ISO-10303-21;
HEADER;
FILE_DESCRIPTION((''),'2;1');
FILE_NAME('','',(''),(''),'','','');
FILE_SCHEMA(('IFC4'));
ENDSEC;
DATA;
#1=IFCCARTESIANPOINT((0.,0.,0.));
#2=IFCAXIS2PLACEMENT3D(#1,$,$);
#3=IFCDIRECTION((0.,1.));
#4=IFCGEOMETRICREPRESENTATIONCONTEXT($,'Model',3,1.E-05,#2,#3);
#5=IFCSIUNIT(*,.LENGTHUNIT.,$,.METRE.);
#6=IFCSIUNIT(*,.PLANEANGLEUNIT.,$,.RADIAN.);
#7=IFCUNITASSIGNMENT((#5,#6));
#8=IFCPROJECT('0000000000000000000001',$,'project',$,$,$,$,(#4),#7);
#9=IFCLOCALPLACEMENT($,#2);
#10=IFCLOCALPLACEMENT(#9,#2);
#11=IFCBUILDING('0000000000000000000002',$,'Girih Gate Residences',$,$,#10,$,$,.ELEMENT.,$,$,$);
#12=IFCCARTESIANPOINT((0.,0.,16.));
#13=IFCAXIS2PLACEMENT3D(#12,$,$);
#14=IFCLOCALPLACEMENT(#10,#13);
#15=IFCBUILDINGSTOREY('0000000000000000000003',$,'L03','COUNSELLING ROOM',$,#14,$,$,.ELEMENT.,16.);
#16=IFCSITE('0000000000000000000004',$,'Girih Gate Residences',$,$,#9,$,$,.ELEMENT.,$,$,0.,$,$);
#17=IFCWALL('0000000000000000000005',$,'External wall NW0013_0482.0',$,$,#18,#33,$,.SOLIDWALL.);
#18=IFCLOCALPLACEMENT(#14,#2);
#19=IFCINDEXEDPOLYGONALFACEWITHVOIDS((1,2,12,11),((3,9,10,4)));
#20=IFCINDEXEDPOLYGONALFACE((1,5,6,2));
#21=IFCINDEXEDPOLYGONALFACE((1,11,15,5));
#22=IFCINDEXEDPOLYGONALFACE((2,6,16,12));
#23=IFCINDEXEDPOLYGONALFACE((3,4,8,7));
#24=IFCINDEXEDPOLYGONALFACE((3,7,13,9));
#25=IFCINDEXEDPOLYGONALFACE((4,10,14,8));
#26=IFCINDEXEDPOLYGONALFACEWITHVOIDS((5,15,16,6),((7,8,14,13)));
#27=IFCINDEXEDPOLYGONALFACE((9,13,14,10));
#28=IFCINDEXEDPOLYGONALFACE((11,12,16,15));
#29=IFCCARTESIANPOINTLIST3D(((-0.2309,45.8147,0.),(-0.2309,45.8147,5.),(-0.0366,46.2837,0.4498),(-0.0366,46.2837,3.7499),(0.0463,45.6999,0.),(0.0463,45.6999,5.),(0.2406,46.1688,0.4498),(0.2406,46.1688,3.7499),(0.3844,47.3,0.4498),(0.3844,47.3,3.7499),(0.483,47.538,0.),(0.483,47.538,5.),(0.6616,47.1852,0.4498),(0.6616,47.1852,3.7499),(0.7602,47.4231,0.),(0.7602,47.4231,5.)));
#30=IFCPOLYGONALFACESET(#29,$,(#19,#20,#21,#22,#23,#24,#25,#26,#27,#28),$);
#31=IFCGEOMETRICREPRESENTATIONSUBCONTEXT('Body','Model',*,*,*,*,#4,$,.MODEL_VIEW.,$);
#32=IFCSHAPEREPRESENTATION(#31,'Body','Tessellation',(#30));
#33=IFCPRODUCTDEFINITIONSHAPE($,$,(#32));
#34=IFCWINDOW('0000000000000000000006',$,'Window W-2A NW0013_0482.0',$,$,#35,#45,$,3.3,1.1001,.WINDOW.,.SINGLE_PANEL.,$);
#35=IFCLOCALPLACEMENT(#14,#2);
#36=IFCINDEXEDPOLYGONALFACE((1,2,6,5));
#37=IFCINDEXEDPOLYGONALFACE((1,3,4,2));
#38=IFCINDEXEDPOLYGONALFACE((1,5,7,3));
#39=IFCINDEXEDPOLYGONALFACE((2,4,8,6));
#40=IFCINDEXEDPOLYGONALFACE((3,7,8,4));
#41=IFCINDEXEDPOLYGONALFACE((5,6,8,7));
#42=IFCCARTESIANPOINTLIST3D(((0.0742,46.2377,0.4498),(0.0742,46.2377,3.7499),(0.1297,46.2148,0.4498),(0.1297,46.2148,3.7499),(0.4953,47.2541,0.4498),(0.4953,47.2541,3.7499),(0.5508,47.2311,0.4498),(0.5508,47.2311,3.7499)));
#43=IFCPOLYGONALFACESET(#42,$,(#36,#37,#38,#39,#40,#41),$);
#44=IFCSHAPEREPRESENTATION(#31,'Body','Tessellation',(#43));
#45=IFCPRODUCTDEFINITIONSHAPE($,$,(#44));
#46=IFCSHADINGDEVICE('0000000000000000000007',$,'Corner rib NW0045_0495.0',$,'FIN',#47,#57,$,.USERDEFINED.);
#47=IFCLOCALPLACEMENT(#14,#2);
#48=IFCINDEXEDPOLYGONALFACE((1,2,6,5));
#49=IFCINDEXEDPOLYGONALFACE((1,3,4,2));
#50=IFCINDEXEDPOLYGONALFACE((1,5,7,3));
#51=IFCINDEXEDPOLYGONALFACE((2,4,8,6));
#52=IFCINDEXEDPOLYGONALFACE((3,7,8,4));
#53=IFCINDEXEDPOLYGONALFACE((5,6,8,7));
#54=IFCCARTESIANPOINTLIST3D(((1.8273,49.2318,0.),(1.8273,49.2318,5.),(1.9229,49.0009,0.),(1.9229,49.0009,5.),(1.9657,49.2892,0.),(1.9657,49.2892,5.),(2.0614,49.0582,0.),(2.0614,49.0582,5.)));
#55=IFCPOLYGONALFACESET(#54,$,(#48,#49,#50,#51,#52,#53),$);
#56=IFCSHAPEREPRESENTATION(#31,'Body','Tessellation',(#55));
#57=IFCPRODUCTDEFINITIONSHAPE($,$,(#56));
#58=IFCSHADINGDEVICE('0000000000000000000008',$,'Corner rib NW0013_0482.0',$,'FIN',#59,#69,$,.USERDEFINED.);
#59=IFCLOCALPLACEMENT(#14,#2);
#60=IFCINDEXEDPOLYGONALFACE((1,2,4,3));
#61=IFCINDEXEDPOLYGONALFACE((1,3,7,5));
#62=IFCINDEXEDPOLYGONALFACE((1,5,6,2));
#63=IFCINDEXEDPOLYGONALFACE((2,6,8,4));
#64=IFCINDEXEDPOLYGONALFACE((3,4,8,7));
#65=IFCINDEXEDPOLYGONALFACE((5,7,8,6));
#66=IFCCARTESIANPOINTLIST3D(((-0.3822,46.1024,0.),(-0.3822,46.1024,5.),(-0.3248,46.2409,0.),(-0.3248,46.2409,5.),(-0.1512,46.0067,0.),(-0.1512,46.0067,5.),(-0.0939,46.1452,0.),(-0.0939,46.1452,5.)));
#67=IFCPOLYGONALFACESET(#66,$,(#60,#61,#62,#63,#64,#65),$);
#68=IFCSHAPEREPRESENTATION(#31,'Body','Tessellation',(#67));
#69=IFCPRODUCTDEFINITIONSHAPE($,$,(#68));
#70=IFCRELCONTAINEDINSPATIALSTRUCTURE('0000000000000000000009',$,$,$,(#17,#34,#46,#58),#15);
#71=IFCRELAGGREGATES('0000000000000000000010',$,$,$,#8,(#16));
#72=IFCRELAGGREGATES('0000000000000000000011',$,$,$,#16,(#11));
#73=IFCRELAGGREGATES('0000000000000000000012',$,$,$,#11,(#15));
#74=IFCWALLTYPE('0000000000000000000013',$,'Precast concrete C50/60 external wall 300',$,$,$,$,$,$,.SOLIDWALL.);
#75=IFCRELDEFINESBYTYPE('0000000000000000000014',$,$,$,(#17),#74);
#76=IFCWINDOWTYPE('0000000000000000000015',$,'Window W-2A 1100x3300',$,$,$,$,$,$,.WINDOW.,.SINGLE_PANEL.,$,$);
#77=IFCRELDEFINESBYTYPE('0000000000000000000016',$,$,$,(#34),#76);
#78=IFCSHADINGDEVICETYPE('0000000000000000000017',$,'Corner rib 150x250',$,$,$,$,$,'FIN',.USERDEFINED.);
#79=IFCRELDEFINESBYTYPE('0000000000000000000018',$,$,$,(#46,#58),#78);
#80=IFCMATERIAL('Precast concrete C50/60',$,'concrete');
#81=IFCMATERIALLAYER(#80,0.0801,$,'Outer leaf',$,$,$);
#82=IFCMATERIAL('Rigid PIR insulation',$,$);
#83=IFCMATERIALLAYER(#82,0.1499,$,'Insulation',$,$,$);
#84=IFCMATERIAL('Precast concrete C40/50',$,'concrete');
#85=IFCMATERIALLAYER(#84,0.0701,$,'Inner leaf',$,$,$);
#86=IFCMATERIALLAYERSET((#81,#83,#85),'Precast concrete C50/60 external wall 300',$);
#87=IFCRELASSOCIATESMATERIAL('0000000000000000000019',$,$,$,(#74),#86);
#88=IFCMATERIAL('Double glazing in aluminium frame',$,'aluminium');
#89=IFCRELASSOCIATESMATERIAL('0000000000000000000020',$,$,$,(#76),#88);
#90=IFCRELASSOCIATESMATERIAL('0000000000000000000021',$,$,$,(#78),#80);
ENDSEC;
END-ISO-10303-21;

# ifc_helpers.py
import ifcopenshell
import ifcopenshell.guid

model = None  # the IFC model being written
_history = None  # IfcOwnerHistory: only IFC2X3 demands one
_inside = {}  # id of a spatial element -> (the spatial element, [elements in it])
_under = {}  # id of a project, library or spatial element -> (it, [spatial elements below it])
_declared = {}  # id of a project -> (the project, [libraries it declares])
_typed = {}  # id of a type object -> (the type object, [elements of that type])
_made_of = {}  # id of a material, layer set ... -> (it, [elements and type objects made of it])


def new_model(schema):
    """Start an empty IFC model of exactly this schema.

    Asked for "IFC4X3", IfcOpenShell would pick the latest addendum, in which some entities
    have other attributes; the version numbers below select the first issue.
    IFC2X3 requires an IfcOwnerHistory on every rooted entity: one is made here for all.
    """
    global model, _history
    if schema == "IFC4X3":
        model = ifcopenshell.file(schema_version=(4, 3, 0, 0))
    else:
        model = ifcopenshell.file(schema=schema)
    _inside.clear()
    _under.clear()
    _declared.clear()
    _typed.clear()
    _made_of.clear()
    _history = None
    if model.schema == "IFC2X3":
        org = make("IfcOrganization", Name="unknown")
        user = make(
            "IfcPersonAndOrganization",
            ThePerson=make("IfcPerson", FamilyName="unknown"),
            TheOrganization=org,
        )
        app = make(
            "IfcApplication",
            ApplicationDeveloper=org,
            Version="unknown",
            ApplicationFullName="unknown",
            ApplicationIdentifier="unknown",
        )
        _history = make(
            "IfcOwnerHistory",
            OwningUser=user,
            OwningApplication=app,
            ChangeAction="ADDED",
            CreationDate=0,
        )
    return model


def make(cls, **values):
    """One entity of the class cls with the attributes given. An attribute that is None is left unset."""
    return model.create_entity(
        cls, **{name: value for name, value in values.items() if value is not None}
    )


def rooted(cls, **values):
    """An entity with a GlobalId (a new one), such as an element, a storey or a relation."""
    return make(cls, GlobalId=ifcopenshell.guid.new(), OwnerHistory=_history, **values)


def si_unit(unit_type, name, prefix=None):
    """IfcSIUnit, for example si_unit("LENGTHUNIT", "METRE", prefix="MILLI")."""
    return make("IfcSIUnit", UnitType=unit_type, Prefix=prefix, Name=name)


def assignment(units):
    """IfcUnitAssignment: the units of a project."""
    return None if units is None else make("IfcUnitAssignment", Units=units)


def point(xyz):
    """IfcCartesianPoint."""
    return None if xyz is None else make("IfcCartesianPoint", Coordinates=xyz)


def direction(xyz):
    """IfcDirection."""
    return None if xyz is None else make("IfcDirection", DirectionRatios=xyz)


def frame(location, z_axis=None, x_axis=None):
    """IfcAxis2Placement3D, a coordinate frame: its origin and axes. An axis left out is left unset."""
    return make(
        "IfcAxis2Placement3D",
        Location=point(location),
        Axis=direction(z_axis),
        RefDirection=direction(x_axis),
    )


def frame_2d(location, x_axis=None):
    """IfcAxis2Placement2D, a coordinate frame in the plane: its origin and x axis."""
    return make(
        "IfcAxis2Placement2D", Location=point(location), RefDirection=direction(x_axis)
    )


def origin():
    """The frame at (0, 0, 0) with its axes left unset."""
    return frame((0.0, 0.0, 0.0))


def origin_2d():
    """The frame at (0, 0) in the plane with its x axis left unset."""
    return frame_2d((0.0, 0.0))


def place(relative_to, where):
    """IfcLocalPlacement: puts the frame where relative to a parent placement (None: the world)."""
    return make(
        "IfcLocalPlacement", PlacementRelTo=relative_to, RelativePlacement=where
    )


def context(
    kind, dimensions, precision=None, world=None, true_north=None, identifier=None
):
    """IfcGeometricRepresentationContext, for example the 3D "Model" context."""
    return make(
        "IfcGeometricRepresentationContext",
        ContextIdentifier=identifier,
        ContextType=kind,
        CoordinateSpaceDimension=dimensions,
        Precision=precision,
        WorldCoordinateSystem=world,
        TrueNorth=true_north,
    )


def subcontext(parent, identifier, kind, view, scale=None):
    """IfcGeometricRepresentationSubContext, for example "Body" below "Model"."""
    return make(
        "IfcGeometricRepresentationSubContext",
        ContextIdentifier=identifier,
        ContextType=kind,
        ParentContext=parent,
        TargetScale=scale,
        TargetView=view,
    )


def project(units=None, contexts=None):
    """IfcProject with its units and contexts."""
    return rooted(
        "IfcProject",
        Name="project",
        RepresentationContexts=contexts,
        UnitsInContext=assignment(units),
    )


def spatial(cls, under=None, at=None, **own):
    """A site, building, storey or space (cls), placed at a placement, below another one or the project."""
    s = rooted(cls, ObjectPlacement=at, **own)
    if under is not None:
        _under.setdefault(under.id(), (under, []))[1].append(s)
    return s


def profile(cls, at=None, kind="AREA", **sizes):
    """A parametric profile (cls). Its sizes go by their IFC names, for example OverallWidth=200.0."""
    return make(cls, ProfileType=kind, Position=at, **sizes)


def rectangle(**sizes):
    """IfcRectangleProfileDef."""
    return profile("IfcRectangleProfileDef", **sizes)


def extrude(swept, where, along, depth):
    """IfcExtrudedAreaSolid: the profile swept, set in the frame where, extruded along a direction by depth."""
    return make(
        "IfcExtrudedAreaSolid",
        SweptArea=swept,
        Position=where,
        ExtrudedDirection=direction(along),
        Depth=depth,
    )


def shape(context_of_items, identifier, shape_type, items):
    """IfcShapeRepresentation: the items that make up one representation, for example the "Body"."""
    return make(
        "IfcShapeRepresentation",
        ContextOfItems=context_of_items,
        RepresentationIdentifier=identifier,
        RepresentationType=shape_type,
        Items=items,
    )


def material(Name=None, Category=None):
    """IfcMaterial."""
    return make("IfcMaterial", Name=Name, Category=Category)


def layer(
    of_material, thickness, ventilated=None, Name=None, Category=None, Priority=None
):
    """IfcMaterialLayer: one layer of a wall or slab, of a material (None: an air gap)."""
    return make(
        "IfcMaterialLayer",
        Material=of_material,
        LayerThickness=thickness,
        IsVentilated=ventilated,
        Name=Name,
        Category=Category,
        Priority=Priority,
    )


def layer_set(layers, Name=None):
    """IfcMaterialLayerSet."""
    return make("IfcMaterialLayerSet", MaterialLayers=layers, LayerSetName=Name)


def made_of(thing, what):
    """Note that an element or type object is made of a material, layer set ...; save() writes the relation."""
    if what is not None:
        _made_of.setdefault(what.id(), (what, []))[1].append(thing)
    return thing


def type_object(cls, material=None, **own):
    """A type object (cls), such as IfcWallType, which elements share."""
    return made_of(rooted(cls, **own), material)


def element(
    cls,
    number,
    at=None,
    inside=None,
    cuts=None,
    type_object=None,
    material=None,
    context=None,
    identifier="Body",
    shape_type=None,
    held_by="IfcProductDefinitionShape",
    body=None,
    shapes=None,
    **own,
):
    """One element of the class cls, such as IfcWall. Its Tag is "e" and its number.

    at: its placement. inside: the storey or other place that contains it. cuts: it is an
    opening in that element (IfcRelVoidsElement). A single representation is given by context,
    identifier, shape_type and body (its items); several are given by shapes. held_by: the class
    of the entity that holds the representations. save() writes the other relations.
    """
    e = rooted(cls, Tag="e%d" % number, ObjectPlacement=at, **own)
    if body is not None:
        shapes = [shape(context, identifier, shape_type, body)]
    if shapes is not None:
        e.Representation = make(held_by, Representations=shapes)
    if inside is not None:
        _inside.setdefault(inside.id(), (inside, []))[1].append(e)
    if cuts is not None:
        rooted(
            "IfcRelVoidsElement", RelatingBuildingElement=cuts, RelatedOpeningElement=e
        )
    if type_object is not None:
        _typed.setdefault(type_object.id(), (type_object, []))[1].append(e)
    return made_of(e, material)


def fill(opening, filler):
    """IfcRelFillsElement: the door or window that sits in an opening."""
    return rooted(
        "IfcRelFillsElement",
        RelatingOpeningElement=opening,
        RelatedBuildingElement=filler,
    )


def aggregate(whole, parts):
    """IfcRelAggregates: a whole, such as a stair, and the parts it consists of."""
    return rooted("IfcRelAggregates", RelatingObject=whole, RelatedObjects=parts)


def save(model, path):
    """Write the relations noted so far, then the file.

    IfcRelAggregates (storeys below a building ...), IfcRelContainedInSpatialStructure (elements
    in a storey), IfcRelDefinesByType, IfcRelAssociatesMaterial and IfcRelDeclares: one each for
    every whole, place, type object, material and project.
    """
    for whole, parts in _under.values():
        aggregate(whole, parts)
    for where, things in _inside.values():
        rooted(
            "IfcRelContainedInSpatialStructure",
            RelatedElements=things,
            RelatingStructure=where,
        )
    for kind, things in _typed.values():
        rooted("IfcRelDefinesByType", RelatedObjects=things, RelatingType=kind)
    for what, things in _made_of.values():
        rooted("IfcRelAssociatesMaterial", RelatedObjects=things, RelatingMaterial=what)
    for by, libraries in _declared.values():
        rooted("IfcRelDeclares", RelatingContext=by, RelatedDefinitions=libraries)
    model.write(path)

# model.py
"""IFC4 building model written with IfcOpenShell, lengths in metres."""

from ifc_helpers import new_model, si_unit, direction, frame, frame_2d, origin, origin_2d, place, context, subcontext, project, spatial, rectangle, extrude, material, layer, layer_set, type_object, element, fill, save


model = new_model("IFC4")

# Units and contexts
model_context = context("Model", 3, precision=1e-05, world=origin(), true_north=direction((0.0, 1.0)))
body_context = subcontext(model_context, "Body", "Model", "MODEL_VIEW")
ifc_project = project(units=[si_unit("LENGTHUNIT", "METRE"), si_unit("PLANEANGLEUNIT", "RADIAN")], contexts=[model_context])

# Site, building, storey
site_placement = place(None, origin())
site = spatial("IfcSite", under=ifc_project, at=site_placement, Name="Girih Gate Residences", CompositionType="ELEMENT", RefElevation=0.0)
building_placement = place(site_placement, origin())
building = spatial("IfcBuilding", under=site, at=building_placement, Name="Girih Gate Residences", CompositionType="ELEMENT")
storey_placement = place(building_placement, frame((0.0, 0.0, 16.0)))
storey = spatial("IfcBuildingStorey", under=building, at=storey_placement, Name="L03", Description="COUNSELLING ROOM", CompositionType="ELEMENT", Elevation=16.0)

# Wall, opening, window
ifc_material_1 = material(Name="Precast concrete C50/60", Category="concrete")
ifc_layer_1 = layer(ifc_material_1, 0.0801, Name="Outer leaf")
ifc_material_2 = material(Name="Rigid PIR insulation")
ifc_layer_2 = layer(ifc_material_2, 0.1499, Name="Insulation")
ifc_material_3 = material(Name="Precast concrete C40/50", Category="concrete")
ifc_layer_3 = layer(ifc_material_3, 0.0701, Name="Inner leaf")
ifc_layer_set_1 = layer_set([ifc_layer_1, ifc_layer_2, ifc_layer_3], Name="Precast concrete C50/60 external wall 300")
wall_type_1 = type_object("IfcWallType", Name="Precast concrete C50/60 external wall 300", PredefinedType="SOLIDWALL", material=ifc_layer_set_1)
ifc_material_4 = material(Name="Double glazing in aluminium frame", Category="aluminium")
window_type_1 = type_object("IfcWindowType", Name="Window W-2A 1100x3300", PartitioningType="SINGLE_PANEL", PredefinedType="WINDOW", material=ifc_material_4)
wall_1_placement = place(storey_placement, frame((-0.0923, 45.7573, 0.0), z_axis=(0.0, 0.0, 1.0), x_axis=(0.382737, 0.923857, 0.0)))
wall_1 = element("IfcWall", 1, at=wall_1_placement, inside=storey, type_object=wall_type_1, Name="External wall NW0013_0482.0", PredefinedType="SOLIDWALL", context=body_context, shape_type="SweptSolid", body=[
    extrude(rectangle(XDim=1.8652, YDim=0.3, at=frame_2d((0.9326, 0.0))), origin(), (0.0, 0.0, 1.0), 5.0),
])
opening_1_placement = place(wall_1_placement, frame((0.5076, 0.0, 0.45)))
opening_1 = element("IfcOpeningElement", 2, at=opening_1_placement, cuts=wall_1, PredefinedType="OPENING", context=body_context, shape_type="SweptSolid", body=[
    extrude(rectangle(XDim=1.1001, YDim=3.3, at=frame_2d((0.55, 1.6499))), frame((0.0, 0.1599, 0.0), z_axis=(0.0, -1.0, 0.0), x_axis=(1.0, 0.0, 0.0)), (0.0, 0.0, 1.0), 0.3201),
])
window_1_placement = place(opening_1_placement, origin())
window_1 = element("IfcWindow", 3, at=window_1_placement, inside=storey, type_object=window_type_1, Name="Window W-2A NW0013_0482.0", OverallHeight=3.3, OverallWidth=1.1001, PartitioningType="SINGLE_PANEL", PredefinedType="WINDOW", context=body_context, shape_type="SweptSolid", body=[
    extrude(rectangle(XDim=1.1001, YDim=3.3, at=frame_2d((0.55, 1.6499))), frame((0.0, 0.03, 0.0), z_axis=(0.0, -1.0, 0.0), x_axis=(1.0, 0.0, 0.0)), (0.0, 0.0, 1.0), 0.0601),
])
fill(opening_1, window_1)

# Shading devices
shading_device_type = type_object("IfcShadingDeviceType", Name="Corner rib 150x250", ElementType="FIN", PredefinedType="USERDEFINED", material=ifc_material_1)
for number, where, z_axis, x_axis, name in (
    (4, (1.9443, 49.145, 0.0), (0.0, 0.0, 1.0), (-0.92388, -0.382683, 0.0), "Corner rib NW0045_0495.0"),
    (5, (-0.238, 46.1238, 0.0), (0.0, 0.0, 1.0), (-0.382683, -0.92388, 0.0), "Corner rib NW0013_0482.0"),
):
    element("IfcShadingDevice", number, at=place(storey_placement, frame(where, z_axis=z_axis, x_axis=x_axis)), inside=storey, type_object=shading_device_type, Name=name, ObjectType="FIN", PredefinedType="USERDEFINED", context=body_context, shape_type="SweptSolid", body=[
        extrude(rectangle(XDim=0.1499, YDim=0.25, at=origin_2d()), origin(), (0.0, 0.0, 1.0), 5.0),
    ])

save(model, "model.ifc")
